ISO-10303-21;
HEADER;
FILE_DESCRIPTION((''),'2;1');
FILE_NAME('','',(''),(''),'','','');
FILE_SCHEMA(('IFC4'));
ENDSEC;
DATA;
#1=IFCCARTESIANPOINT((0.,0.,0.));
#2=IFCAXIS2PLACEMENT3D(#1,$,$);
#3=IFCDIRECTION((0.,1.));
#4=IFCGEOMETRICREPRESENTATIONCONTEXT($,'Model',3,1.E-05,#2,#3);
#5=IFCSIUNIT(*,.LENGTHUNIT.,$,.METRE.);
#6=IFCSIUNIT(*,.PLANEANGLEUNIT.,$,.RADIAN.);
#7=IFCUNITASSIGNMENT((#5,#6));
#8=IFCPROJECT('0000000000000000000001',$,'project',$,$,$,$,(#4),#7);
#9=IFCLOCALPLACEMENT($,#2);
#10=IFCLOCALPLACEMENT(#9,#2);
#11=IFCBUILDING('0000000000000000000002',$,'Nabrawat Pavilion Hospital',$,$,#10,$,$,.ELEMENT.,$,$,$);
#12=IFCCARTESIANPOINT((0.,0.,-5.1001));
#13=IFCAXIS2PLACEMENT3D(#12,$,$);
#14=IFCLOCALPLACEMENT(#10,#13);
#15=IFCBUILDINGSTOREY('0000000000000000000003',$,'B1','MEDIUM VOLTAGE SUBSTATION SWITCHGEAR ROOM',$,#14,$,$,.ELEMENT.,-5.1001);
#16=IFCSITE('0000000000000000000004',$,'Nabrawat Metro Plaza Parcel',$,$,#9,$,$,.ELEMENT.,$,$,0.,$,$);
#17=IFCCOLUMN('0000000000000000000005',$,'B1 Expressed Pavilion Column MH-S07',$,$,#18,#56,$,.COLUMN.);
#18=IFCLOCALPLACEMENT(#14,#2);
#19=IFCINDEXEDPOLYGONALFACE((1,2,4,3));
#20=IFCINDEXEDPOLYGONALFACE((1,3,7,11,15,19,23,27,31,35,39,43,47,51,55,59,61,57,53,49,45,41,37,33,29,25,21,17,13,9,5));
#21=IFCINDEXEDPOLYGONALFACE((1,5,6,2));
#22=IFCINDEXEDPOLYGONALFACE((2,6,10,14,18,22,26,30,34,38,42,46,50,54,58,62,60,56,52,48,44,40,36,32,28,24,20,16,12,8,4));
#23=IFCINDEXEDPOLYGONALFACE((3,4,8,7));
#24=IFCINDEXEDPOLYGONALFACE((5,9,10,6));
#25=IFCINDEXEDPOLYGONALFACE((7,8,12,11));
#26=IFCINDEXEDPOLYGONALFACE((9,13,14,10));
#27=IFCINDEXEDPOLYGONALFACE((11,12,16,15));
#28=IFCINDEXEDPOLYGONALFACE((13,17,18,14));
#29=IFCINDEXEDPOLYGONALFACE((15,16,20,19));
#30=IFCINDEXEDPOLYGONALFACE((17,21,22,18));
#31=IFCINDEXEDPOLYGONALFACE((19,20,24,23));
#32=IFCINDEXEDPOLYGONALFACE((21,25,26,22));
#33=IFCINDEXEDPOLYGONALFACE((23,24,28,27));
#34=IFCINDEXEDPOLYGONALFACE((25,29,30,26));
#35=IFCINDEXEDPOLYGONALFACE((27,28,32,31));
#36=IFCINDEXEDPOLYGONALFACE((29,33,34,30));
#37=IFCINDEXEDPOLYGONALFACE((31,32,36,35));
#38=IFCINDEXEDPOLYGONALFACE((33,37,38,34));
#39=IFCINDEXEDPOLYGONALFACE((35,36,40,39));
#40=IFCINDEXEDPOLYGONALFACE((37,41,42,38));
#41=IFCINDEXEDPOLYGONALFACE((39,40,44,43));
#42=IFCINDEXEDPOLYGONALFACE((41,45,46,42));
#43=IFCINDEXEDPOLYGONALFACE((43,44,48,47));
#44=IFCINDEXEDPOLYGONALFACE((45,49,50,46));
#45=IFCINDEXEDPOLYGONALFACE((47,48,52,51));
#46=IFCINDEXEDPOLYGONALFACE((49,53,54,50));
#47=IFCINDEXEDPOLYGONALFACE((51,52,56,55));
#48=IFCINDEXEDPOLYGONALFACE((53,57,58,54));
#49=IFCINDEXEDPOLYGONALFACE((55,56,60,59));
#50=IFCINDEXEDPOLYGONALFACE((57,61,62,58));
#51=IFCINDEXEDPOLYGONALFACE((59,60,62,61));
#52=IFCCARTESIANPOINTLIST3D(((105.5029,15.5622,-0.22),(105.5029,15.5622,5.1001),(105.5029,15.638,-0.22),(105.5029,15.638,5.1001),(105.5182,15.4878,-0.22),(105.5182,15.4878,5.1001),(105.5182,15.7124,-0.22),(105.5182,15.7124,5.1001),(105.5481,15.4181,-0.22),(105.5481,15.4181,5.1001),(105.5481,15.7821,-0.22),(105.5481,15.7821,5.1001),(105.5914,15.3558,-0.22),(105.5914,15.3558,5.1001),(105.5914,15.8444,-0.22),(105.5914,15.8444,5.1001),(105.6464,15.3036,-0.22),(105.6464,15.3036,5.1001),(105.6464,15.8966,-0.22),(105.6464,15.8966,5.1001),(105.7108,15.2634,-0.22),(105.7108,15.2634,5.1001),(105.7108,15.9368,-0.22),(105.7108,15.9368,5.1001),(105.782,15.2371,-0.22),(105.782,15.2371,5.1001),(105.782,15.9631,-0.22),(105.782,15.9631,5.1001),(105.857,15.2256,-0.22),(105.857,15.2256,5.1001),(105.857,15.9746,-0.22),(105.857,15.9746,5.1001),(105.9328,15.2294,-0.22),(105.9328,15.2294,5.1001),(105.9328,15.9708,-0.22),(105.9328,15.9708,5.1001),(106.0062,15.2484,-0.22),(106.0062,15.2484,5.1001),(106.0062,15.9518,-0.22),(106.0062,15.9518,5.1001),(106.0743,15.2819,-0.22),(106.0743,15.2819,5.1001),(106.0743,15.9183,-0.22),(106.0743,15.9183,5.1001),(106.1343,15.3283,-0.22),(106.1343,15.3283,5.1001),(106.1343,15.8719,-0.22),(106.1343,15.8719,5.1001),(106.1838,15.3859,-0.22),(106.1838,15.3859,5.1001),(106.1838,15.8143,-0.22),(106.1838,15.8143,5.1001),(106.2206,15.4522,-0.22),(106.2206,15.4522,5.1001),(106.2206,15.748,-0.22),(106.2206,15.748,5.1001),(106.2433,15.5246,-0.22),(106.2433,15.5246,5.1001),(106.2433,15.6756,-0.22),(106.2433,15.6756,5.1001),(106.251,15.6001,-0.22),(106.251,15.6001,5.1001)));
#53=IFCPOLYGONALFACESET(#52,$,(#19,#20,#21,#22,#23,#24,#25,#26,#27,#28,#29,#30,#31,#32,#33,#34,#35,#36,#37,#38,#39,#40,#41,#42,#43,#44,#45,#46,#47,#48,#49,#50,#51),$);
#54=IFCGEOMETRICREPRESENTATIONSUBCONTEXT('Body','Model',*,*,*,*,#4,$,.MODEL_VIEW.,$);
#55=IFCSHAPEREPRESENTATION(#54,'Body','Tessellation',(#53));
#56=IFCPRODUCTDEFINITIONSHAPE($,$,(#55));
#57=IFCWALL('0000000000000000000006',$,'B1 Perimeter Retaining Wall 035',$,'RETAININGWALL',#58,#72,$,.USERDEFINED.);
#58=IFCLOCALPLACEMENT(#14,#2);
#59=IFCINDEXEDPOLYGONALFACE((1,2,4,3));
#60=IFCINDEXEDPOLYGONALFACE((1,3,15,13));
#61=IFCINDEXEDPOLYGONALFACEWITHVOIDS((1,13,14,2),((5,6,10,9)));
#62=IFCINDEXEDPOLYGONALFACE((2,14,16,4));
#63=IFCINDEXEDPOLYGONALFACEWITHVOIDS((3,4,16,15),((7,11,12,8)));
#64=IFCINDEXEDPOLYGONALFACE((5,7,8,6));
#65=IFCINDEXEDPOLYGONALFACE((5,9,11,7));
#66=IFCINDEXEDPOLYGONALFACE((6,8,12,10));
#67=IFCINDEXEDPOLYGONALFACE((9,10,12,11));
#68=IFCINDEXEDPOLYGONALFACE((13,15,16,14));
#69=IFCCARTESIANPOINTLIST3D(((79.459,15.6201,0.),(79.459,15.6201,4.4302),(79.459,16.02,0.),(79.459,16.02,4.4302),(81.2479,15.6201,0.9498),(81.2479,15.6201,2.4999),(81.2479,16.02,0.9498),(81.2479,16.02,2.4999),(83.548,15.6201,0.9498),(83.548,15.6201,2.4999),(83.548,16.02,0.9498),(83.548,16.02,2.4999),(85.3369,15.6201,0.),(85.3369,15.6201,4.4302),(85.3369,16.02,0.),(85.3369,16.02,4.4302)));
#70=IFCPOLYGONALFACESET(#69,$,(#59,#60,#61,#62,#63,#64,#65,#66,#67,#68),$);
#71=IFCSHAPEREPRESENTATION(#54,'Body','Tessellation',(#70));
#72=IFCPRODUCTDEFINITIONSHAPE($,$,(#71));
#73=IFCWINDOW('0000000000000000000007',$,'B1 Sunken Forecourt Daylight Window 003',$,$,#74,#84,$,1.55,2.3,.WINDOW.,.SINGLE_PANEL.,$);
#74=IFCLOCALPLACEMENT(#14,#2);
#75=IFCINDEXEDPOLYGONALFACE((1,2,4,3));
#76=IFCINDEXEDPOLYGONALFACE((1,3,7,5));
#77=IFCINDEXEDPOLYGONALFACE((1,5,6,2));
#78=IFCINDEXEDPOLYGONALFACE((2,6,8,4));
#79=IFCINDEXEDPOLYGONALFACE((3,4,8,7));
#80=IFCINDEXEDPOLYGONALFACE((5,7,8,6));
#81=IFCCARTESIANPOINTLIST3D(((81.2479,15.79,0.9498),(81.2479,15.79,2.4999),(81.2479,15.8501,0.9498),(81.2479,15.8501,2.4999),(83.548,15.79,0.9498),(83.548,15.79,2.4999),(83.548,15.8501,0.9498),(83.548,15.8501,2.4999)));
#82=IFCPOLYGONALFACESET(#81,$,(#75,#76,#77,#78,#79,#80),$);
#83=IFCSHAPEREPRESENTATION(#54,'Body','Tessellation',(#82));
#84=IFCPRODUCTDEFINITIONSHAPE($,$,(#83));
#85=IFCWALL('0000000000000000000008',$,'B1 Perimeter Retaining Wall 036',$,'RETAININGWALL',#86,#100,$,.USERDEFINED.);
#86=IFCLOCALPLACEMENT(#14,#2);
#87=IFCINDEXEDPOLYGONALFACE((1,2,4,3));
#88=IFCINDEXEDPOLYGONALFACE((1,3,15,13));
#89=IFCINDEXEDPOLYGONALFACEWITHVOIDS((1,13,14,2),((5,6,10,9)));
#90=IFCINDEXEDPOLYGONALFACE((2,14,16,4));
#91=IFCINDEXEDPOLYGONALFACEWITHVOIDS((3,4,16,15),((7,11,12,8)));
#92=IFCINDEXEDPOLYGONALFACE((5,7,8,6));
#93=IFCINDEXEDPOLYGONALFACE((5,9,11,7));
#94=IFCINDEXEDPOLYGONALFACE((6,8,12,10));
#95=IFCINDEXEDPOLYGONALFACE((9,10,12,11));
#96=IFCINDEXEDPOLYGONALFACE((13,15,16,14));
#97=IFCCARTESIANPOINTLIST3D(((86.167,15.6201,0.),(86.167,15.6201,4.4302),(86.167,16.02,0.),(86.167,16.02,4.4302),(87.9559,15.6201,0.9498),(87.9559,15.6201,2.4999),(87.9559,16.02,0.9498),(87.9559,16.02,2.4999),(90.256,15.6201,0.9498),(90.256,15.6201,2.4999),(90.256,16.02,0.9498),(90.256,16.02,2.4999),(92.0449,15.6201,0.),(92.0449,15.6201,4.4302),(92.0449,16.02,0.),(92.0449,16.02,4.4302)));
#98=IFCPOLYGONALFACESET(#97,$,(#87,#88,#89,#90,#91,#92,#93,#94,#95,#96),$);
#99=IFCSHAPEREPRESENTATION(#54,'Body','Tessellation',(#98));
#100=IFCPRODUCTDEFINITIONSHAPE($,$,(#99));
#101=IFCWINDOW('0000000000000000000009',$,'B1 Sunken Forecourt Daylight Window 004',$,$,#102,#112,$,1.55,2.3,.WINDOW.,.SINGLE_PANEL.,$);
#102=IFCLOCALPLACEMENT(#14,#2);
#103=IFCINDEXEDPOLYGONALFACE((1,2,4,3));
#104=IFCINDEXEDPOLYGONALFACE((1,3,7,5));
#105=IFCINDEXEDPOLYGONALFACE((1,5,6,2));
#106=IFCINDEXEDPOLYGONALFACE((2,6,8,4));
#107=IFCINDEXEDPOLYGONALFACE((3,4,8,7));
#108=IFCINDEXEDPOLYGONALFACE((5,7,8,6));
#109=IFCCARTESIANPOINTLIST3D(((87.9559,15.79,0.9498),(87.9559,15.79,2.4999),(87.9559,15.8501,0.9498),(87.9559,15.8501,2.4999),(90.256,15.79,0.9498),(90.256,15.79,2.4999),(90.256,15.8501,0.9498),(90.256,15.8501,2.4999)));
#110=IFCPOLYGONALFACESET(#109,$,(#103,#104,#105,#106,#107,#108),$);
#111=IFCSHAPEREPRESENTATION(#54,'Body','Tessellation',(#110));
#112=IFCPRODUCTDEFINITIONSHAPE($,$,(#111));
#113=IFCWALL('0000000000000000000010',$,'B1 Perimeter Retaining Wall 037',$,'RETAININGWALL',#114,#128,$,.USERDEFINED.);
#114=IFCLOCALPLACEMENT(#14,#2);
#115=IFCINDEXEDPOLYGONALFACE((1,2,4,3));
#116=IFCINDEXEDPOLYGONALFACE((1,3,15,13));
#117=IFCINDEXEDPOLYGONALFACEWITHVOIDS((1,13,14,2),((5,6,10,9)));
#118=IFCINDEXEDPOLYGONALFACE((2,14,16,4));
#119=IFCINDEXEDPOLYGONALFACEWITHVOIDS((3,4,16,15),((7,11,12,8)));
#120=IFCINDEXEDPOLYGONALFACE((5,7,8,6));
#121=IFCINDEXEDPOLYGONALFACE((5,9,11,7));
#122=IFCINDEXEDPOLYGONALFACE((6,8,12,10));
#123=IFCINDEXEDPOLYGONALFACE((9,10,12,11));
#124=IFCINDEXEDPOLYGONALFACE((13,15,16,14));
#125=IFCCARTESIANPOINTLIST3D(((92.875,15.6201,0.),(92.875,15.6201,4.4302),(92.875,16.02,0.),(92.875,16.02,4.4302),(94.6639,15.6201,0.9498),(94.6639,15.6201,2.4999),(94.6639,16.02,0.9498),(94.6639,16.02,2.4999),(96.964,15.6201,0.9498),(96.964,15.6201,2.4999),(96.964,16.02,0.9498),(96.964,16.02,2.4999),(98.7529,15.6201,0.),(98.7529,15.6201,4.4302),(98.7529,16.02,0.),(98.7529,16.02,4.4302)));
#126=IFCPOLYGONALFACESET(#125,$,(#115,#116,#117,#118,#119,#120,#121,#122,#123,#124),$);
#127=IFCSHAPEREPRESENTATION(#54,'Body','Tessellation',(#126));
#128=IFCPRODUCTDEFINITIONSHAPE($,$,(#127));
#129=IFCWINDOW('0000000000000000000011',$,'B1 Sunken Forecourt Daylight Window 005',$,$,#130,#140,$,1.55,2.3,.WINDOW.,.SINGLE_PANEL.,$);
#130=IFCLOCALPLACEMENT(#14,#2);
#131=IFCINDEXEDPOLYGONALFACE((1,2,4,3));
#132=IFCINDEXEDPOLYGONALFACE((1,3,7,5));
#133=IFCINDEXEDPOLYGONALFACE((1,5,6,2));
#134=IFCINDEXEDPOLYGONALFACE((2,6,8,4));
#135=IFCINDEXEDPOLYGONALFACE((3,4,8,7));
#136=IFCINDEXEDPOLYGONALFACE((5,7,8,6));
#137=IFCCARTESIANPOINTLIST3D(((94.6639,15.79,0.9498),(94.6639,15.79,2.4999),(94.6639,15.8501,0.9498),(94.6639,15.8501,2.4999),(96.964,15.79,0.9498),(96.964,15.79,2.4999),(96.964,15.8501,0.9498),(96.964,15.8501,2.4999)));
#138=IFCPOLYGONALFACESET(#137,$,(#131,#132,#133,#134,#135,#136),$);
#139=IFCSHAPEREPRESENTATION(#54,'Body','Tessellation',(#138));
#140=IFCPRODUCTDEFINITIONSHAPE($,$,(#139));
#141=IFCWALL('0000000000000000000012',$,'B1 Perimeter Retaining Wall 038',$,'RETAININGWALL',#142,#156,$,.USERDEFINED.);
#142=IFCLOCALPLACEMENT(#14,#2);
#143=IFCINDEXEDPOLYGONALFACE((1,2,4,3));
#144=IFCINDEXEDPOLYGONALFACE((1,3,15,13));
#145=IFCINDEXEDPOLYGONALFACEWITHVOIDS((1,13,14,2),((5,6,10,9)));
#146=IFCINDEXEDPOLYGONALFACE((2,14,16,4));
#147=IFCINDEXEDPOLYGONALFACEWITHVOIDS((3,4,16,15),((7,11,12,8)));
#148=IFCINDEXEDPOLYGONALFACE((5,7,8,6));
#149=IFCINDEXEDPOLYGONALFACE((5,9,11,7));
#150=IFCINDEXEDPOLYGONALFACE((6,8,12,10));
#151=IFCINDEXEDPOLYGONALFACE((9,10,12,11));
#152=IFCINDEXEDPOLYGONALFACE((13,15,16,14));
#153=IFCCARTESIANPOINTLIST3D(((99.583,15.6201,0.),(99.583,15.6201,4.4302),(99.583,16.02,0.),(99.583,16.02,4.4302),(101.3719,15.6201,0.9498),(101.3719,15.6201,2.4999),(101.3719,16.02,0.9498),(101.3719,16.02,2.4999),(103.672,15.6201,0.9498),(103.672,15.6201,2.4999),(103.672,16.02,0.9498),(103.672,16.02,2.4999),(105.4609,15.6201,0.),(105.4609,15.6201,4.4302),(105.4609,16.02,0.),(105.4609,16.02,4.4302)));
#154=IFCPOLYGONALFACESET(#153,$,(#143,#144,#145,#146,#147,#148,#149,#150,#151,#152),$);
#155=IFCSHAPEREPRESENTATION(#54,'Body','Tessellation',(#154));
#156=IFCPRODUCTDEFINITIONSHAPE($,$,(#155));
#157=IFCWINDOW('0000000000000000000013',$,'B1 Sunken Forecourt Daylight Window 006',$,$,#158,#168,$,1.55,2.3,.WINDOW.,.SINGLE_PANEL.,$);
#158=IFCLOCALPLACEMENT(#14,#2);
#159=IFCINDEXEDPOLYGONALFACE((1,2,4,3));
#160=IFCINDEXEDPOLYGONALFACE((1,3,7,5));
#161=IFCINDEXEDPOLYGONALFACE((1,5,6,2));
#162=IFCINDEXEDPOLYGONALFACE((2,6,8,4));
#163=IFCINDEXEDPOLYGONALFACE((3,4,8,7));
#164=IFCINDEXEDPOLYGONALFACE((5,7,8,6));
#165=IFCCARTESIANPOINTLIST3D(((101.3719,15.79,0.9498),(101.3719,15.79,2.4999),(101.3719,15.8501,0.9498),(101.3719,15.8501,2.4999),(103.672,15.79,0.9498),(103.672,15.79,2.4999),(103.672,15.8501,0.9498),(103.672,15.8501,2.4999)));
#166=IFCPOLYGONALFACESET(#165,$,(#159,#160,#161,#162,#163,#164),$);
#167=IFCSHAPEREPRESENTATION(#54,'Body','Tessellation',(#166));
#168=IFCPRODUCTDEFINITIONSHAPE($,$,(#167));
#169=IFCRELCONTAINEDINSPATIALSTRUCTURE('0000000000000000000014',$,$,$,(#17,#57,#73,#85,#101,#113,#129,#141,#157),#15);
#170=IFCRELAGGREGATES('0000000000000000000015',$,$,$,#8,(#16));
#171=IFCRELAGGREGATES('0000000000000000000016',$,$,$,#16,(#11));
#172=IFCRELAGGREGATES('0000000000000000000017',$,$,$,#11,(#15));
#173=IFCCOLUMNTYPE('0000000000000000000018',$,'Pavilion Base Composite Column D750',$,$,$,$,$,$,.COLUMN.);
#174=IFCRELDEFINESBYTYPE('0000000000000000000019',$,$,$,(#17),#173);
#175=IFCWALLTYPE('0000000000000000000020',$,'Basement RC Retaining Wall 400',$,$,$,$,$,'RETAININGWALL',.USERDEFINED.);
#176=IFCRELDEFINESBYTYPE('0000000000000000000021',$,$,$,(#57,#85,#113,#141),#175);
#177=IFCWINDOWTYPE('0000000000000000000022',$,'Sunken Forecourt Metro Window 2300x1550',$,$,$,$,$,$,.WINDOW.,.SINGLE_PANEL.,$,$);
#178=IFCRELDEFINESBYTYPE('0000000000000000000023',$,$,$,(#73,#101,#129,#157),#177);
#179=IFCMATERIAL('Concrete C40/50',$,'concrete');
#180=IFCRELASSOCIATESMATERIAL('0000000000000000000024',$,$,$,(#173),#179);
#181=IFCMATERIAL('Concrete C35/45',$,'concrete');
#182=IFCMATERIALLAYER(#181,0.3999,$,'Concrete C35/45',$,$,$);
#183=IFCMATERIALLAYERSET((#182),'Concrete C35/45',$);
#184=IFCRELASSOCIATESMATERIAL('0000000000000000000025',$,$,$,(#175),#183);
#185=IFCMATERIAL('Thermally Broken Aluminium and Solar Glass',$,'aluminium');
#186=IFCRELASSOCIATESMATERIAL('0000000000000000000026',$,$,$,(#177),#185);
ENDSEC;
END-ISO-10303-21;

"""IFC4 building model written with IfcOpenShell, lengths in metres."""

from ifc_helpers import new_model, si_unit, direction, frame, frame_2d, origin, origin_2d, place, context, subcontext, project, spatial, rectangle, circle, extrude, material, layer, layer_set, material_profile, profile_set, type_object, element, fill, save


model = new_model("IFC4")

# Units and contexts
model_context = context("Model", 3, precision=1e-05, world=origin(), true_north=direction((0.0, 1.0)))
body_context = subcontext(model_context, "Body", "Model", "MODEL_VIEW")
ifc_project = project(units=[si_unit("LENGTHUNIT", "METRE"), si_unit("PLANEANGLEUNIT", "RADIAN")], contexts=[model_context])

# Site, building, storey
site_placement = place(None, origin())
site = spatial("IfcSite", under=ifc_project, at=site_placement, Name="Nabrawat Metro Plaza Parcel", CompositionType="ELEMENT", RefElevation=0.0)
building_placement = place(site_placement, origin())
building = spatial("IfcBuilding", under=site, at=building_placement, Name="Nabrawat Pavilion Hospital", CompositionType="ELEMENT")
storey_placement = place(building_placement, frame((0.0, 0.0, -5.1001)))
storey = spatial("IfcBuildingStorey", under=building, at=storey_placement, Name="B1", Description="MEDIUM VOLTAGE SUBSTATION SWITCHGEAR ROOM", CompositionType="ELEMENT", Elevation=-5.1001)

# Shared definitions
ifc_material_1 = material(Name="Concrete C35/45", Category="concrete")

# Column
ifc_material_2 = material(Name="Concrete C40/50", Category="concrete")
ifc_material_profile_1 = material_profile(ifc_material_2, circle(Radius=0.375, at=origin_2d()), Name="RC D750")
ifc_profile_set_1 = profile_set([ifc_material_profile_1], Name="Concrete C40/50")
column_type = type_object("IfcColumnType", Name="Pavilion Base Composite Column D750", PredefinedType="COLUMN", material=ifc_profile_set_1)
for number, where, z_axis, x_axis, name in (
    (1, (105.876, 15.6001, -0.22), (0.0, 0.0, 1.0), (1.0, 0.0, 0.0), "B1 Expressed Pavilion Column MH-S07"),
):
    element("IfcColumn", number, at=place(storey_placement, frame(where, z_axis=z_axis, x_axis=x_axis)), inside=storey, type_object=column_type, Name=name, PredefinedType="COLUMN", context=body_context, shape_type="SweptSolid", body=[
        extrude(circle(Radius=0.375, at=origin_2d()), origin(), (0.0, 0.0, 1.0), 5.3201),
    ])

# Walls, openings, windows
ifc_layer_1 = layer(ifc_material_1, 0.3999, Name="Concrete C35/45")
ifc_layer_set_1 = layer_set([ifc_layer_1], Name="Concrete C35/45")
wall_type_1 = type_object("IfcWallType", Name="Basement RC Retaining Wall 400", ElementType="RETAININGWALL", PredefinedType="USERDEFINED", material=ifc_layer_set_1)
wall_1_placement = place(storey_placement, frame((79.459, 15.8201, 0.0), z_axis=(0.0, 0.0, 1.0), x_axis=(1.0, 0.0, 0.0)))
wall_1 = element("IfcWall", 2, at=wall_1_placement, inside=storey, type_object=wall_type_1, Name="B1 Perimeter Retaining Wall 035", ObjectType="RETAININGWALL", PredefinedType="USERDEFINED", context=body_context, shape_type="SweptSolid", body=[
    extrude(rectangle(XDim=5.8779, YDim=0.3999, at=frame_2d((2.939, 0.0))), origin(), (0.0, 0.0, 1.0), 4.4302),
])
opening_1_placement = place(wall_1_placement, frame((1.7891, 0.0, 0.95)))
opening_1 = element("IfcOpeningElement", 3, at=opening_1_placement, cuts=wall_1, PredefinedType="OPENING", context=body_context, shape_type="SweptSolid", body=[
    extrude(rectangle(XDim=2.3, YDim=1.55, at=frame_2d((1.1499, 0.7749))), frame((0.0, 0.21, 0.0), z_axis=(0.0, -1.0, 0.0), x_axis=(1.0, 0.0, 0.0)), (0.0, 0.0, 1.0), 0.4199),
])
ifc_material_3 = material(Name="Thermally Broken Aluminium and Solar Glass", Category="aluminium")
window_type = type_object("IfcWindowType", Name="Sunken Forecourt Metro Window 2300x1550", PartitioningType="SINGLE_PANEL", PredefinedType="WINDOW", material=ifc_material_3)
window_1_placement = place(opening_1_placement, origin())
window_1 = element("IfcWindow", 4, at=window_1_placement, inside=storey, type_object=window_type, Name="B1 Sunken Forecourt Daylight Window 003", OverallHeight=1.55, OverallWidth=2.3, PartitioningType="SINGLE_PANEL", PredefinedType="WINDOW", context=body_context, shape_type="SweptSolid", body=[
    extrude(rectangle(XDim=2.3, YDim=1.55, at=frame_2d((1.1499, 0.7749))), frame((0.0, 0.03, 0.0), z_axis=(0.0, -1.0, 0.0), x_axis=(1.0, 0.0, 0.0)), (0.0, 0.0, 1.0), 0.0601),
])
fill(opening_1, window_1)
wall_2_placement = place(storey_placement, frame((86.167, 15.8201, 0.0), z_axis=(0.0, 0.0, 1.0), x_axis=(1.0, 0.0, 0.0)))
wall_2 = element("IfcWall", 5, at=wall_2_placement, inside=storey, type_object=wall_type_1, Name="B1 Perimeter Retaining Wall 036", ObjectType="RETAININGWALL", PredefinedType="USERDEFINED", context=body_context, shape_type="SweptSolid", body=[
    extrude(rectangle(XDim=5.8779, YDim=0.3999, at=frame_2d((2.939, 0.0))), origin(), (0.0, 0.0, 1.0), 4.4302),
])
opening_2_placement = place(wall_2_placement, frame((1.7891, 0.0, 0.95)))
opening_2 = element("IfcOpeningElement", 6, at=opening_2_placement, cuts=wall_2, PredefinedType="OPENING", context=body_context, shape_type="SweptSolid", body=[
    extrude(rectangle(XDim=2.3, YDim=1.55, at=frame_2d((1.1499, 0.7749))), frame((0.0, 0.21, 0.0), z_axis=(0.0, -1.0, 0.0), x_axis=(1.0, 0.0, 0.0)), (0.0, 0.0, 1.0), 0.4199),
])
window_2_placement = place(opening_2_placement, origin())
window_2 = element("IfcWindow", 7, at=window_2_placement, inside=storey, type_object=window_type, Name="B1 Sunken Forecourt Daylight Window 004", OverallHeight=1.55, OverallWidth=2.3, PartitioningType="SINGLE_PANEL", PredefinedType="WINDOW", context=body_context, shape_type="SweptSolid", body=[
    extrude(rectangle(XDim=2.3, YDim=1.55, at=frame_2d((1.1499, 0.7749))), frame((0.0, 0.03, 0.0), z_axis=(0.0, -1.0, 0.0), x_axis=(1.0, 0.0, 0.0)), (0.0, 0.0, 1.0), 0.0601),
])
fill(opening_2, window_2)
wall_3_placement = place(storey_placement, frame((92.875, 15.8201, 0.0), z_axis=(0.0, 0.0, 1.0), x_axis=(1.0, 0.0, 0.0)))
wall_3 = element("IfcWall", 8, at=wall_3_placement, inside=storey, type_object=wall_type_1, Name="B1 Perimeter Retaining Wall 037", ObjectType="RETAININGWALL", PredefinedType="USERDEFINED", context=body_context, shape_type="SweptSolid", body=[
    extrude(rectangle(XDim=5.8779, YDim=0.3999, at=frame_2d((2.939, 0.0))), origin(), (0.0, 0.0, 1.0), 4.4302),
])
opening_3_placement = place(wall_3_placement, frame((1.7891, 0.0, 0.95)))
opening_3 = element("IfcOpeningElement", 9, at=opening_3_placement, cuts=wall_3, PredefinedType="OPENING", context=body_context, shape_type="SweptSolid", body=[
    extrude(rectangle(XDim=2.3, YDim=1.55, at=frame_2d((1.1499, 0.7749))), frame((0.0, 0.21, 0.0), z_axis=(0.0, -1.0, 0.0), x_axis=(1.0, 0.0, 0.0)), (0.0, 0.0, 1.0), 0.4199),
])
window_3_placement = place(opening_3_placement, origin())
window_3 = element("IfcWindow", 10, at=window_3_placement, inside=storey, type_object=window_type, Name="B1 Sunken Forecourt Daylight Window 005", OverallHeight=1.55, OverallWidth=2.3, PartitioningType="SINGLE_PANEL", PredefinedType="WINDOW", context=body_context, shape_type="SweptSolid", body=[
    extrude(rectangle(XDim=2.3, YDim=1.55, at=frame_2d((1.1499, 0.7749))), frame((0.0, 0.03, 0.0), z_axis=(0.0, -1.0, 0.0), x_axis=(1.0, 0.0, 0.0)), (0.0, 0.0, 1.0), 0.0601),
])
fill(opening_3, window_3)
wall_4_placement = place(storey_placement, frame((99.583, 15.8201, 0.0), z_axis=(0.0, 0.0, 1.0), x_axis=(1.0, 0.0, 0.0)))
wall_4 = element("IfcWall", 11, at=wall_4_placement, inside=storey, type_object=wall_type_1, Name="B1 Perimeter Retaining Wall 038", ObjectType="RETAININGWALL", PredefinedType="USERDEFINED", context=body_context, shape_type="SweptSolid", body=[
    extrude(rectangle(XDim=5.8779, YDim=0.3999, at=frame_2d((2.939, 0.0))), origin(), (0.0, 0.0, 1.0), 4.4302),
])
opening_4_placement = place(wall_4_placement, frame((1.7891, 0.0, 0.95)))
opening_4 = element("IfcOpeningElement", 12, at=opening_4_placement, cuts=wall_4, PredefinedType="OPENING", context=body_context, shape_type="SweptSolid", body=[
    extrude(rectangle(XDim=2.3, YDim=1.55, at=frame_2d((1.1499, 0.7749))), frame((0.0, 0.21, 0.0), z_axis=(0.0, -1.0, 0.0), x_axis=(1.0, 0.0, 0.0)), (0.0, 0.0, 1.0), 0.4199),
])
window_4_placement = place(opening_4_placement, origin())
window_4 = element("IfcWindow", 13, at=window_4_placement, inside=storey, type_object=window_type, Name="B1 Sunken Forecourt Daylight Window 006", OverallHeight=1.55, OverallWidth=2.3, PartitioningType="SINGLE_PANEL", PredefinedType="WINDOW", context=body_context, shape_type="SweptSolid", body=[
    extrude(rectangle(XDim=2.3, YDim=1.55, at=frame_2d((1.1499, 0.7749))), frame((0.0, 0.03, 0.0), z_axis=(0.0, -1.0, 0.0), x_axis=(1.0, 0.0, 0.0)), (0.0, 0.0, 1.0), 0.0601),
])
fill(opening_4, window_4)

save(model, "model.ifc")
